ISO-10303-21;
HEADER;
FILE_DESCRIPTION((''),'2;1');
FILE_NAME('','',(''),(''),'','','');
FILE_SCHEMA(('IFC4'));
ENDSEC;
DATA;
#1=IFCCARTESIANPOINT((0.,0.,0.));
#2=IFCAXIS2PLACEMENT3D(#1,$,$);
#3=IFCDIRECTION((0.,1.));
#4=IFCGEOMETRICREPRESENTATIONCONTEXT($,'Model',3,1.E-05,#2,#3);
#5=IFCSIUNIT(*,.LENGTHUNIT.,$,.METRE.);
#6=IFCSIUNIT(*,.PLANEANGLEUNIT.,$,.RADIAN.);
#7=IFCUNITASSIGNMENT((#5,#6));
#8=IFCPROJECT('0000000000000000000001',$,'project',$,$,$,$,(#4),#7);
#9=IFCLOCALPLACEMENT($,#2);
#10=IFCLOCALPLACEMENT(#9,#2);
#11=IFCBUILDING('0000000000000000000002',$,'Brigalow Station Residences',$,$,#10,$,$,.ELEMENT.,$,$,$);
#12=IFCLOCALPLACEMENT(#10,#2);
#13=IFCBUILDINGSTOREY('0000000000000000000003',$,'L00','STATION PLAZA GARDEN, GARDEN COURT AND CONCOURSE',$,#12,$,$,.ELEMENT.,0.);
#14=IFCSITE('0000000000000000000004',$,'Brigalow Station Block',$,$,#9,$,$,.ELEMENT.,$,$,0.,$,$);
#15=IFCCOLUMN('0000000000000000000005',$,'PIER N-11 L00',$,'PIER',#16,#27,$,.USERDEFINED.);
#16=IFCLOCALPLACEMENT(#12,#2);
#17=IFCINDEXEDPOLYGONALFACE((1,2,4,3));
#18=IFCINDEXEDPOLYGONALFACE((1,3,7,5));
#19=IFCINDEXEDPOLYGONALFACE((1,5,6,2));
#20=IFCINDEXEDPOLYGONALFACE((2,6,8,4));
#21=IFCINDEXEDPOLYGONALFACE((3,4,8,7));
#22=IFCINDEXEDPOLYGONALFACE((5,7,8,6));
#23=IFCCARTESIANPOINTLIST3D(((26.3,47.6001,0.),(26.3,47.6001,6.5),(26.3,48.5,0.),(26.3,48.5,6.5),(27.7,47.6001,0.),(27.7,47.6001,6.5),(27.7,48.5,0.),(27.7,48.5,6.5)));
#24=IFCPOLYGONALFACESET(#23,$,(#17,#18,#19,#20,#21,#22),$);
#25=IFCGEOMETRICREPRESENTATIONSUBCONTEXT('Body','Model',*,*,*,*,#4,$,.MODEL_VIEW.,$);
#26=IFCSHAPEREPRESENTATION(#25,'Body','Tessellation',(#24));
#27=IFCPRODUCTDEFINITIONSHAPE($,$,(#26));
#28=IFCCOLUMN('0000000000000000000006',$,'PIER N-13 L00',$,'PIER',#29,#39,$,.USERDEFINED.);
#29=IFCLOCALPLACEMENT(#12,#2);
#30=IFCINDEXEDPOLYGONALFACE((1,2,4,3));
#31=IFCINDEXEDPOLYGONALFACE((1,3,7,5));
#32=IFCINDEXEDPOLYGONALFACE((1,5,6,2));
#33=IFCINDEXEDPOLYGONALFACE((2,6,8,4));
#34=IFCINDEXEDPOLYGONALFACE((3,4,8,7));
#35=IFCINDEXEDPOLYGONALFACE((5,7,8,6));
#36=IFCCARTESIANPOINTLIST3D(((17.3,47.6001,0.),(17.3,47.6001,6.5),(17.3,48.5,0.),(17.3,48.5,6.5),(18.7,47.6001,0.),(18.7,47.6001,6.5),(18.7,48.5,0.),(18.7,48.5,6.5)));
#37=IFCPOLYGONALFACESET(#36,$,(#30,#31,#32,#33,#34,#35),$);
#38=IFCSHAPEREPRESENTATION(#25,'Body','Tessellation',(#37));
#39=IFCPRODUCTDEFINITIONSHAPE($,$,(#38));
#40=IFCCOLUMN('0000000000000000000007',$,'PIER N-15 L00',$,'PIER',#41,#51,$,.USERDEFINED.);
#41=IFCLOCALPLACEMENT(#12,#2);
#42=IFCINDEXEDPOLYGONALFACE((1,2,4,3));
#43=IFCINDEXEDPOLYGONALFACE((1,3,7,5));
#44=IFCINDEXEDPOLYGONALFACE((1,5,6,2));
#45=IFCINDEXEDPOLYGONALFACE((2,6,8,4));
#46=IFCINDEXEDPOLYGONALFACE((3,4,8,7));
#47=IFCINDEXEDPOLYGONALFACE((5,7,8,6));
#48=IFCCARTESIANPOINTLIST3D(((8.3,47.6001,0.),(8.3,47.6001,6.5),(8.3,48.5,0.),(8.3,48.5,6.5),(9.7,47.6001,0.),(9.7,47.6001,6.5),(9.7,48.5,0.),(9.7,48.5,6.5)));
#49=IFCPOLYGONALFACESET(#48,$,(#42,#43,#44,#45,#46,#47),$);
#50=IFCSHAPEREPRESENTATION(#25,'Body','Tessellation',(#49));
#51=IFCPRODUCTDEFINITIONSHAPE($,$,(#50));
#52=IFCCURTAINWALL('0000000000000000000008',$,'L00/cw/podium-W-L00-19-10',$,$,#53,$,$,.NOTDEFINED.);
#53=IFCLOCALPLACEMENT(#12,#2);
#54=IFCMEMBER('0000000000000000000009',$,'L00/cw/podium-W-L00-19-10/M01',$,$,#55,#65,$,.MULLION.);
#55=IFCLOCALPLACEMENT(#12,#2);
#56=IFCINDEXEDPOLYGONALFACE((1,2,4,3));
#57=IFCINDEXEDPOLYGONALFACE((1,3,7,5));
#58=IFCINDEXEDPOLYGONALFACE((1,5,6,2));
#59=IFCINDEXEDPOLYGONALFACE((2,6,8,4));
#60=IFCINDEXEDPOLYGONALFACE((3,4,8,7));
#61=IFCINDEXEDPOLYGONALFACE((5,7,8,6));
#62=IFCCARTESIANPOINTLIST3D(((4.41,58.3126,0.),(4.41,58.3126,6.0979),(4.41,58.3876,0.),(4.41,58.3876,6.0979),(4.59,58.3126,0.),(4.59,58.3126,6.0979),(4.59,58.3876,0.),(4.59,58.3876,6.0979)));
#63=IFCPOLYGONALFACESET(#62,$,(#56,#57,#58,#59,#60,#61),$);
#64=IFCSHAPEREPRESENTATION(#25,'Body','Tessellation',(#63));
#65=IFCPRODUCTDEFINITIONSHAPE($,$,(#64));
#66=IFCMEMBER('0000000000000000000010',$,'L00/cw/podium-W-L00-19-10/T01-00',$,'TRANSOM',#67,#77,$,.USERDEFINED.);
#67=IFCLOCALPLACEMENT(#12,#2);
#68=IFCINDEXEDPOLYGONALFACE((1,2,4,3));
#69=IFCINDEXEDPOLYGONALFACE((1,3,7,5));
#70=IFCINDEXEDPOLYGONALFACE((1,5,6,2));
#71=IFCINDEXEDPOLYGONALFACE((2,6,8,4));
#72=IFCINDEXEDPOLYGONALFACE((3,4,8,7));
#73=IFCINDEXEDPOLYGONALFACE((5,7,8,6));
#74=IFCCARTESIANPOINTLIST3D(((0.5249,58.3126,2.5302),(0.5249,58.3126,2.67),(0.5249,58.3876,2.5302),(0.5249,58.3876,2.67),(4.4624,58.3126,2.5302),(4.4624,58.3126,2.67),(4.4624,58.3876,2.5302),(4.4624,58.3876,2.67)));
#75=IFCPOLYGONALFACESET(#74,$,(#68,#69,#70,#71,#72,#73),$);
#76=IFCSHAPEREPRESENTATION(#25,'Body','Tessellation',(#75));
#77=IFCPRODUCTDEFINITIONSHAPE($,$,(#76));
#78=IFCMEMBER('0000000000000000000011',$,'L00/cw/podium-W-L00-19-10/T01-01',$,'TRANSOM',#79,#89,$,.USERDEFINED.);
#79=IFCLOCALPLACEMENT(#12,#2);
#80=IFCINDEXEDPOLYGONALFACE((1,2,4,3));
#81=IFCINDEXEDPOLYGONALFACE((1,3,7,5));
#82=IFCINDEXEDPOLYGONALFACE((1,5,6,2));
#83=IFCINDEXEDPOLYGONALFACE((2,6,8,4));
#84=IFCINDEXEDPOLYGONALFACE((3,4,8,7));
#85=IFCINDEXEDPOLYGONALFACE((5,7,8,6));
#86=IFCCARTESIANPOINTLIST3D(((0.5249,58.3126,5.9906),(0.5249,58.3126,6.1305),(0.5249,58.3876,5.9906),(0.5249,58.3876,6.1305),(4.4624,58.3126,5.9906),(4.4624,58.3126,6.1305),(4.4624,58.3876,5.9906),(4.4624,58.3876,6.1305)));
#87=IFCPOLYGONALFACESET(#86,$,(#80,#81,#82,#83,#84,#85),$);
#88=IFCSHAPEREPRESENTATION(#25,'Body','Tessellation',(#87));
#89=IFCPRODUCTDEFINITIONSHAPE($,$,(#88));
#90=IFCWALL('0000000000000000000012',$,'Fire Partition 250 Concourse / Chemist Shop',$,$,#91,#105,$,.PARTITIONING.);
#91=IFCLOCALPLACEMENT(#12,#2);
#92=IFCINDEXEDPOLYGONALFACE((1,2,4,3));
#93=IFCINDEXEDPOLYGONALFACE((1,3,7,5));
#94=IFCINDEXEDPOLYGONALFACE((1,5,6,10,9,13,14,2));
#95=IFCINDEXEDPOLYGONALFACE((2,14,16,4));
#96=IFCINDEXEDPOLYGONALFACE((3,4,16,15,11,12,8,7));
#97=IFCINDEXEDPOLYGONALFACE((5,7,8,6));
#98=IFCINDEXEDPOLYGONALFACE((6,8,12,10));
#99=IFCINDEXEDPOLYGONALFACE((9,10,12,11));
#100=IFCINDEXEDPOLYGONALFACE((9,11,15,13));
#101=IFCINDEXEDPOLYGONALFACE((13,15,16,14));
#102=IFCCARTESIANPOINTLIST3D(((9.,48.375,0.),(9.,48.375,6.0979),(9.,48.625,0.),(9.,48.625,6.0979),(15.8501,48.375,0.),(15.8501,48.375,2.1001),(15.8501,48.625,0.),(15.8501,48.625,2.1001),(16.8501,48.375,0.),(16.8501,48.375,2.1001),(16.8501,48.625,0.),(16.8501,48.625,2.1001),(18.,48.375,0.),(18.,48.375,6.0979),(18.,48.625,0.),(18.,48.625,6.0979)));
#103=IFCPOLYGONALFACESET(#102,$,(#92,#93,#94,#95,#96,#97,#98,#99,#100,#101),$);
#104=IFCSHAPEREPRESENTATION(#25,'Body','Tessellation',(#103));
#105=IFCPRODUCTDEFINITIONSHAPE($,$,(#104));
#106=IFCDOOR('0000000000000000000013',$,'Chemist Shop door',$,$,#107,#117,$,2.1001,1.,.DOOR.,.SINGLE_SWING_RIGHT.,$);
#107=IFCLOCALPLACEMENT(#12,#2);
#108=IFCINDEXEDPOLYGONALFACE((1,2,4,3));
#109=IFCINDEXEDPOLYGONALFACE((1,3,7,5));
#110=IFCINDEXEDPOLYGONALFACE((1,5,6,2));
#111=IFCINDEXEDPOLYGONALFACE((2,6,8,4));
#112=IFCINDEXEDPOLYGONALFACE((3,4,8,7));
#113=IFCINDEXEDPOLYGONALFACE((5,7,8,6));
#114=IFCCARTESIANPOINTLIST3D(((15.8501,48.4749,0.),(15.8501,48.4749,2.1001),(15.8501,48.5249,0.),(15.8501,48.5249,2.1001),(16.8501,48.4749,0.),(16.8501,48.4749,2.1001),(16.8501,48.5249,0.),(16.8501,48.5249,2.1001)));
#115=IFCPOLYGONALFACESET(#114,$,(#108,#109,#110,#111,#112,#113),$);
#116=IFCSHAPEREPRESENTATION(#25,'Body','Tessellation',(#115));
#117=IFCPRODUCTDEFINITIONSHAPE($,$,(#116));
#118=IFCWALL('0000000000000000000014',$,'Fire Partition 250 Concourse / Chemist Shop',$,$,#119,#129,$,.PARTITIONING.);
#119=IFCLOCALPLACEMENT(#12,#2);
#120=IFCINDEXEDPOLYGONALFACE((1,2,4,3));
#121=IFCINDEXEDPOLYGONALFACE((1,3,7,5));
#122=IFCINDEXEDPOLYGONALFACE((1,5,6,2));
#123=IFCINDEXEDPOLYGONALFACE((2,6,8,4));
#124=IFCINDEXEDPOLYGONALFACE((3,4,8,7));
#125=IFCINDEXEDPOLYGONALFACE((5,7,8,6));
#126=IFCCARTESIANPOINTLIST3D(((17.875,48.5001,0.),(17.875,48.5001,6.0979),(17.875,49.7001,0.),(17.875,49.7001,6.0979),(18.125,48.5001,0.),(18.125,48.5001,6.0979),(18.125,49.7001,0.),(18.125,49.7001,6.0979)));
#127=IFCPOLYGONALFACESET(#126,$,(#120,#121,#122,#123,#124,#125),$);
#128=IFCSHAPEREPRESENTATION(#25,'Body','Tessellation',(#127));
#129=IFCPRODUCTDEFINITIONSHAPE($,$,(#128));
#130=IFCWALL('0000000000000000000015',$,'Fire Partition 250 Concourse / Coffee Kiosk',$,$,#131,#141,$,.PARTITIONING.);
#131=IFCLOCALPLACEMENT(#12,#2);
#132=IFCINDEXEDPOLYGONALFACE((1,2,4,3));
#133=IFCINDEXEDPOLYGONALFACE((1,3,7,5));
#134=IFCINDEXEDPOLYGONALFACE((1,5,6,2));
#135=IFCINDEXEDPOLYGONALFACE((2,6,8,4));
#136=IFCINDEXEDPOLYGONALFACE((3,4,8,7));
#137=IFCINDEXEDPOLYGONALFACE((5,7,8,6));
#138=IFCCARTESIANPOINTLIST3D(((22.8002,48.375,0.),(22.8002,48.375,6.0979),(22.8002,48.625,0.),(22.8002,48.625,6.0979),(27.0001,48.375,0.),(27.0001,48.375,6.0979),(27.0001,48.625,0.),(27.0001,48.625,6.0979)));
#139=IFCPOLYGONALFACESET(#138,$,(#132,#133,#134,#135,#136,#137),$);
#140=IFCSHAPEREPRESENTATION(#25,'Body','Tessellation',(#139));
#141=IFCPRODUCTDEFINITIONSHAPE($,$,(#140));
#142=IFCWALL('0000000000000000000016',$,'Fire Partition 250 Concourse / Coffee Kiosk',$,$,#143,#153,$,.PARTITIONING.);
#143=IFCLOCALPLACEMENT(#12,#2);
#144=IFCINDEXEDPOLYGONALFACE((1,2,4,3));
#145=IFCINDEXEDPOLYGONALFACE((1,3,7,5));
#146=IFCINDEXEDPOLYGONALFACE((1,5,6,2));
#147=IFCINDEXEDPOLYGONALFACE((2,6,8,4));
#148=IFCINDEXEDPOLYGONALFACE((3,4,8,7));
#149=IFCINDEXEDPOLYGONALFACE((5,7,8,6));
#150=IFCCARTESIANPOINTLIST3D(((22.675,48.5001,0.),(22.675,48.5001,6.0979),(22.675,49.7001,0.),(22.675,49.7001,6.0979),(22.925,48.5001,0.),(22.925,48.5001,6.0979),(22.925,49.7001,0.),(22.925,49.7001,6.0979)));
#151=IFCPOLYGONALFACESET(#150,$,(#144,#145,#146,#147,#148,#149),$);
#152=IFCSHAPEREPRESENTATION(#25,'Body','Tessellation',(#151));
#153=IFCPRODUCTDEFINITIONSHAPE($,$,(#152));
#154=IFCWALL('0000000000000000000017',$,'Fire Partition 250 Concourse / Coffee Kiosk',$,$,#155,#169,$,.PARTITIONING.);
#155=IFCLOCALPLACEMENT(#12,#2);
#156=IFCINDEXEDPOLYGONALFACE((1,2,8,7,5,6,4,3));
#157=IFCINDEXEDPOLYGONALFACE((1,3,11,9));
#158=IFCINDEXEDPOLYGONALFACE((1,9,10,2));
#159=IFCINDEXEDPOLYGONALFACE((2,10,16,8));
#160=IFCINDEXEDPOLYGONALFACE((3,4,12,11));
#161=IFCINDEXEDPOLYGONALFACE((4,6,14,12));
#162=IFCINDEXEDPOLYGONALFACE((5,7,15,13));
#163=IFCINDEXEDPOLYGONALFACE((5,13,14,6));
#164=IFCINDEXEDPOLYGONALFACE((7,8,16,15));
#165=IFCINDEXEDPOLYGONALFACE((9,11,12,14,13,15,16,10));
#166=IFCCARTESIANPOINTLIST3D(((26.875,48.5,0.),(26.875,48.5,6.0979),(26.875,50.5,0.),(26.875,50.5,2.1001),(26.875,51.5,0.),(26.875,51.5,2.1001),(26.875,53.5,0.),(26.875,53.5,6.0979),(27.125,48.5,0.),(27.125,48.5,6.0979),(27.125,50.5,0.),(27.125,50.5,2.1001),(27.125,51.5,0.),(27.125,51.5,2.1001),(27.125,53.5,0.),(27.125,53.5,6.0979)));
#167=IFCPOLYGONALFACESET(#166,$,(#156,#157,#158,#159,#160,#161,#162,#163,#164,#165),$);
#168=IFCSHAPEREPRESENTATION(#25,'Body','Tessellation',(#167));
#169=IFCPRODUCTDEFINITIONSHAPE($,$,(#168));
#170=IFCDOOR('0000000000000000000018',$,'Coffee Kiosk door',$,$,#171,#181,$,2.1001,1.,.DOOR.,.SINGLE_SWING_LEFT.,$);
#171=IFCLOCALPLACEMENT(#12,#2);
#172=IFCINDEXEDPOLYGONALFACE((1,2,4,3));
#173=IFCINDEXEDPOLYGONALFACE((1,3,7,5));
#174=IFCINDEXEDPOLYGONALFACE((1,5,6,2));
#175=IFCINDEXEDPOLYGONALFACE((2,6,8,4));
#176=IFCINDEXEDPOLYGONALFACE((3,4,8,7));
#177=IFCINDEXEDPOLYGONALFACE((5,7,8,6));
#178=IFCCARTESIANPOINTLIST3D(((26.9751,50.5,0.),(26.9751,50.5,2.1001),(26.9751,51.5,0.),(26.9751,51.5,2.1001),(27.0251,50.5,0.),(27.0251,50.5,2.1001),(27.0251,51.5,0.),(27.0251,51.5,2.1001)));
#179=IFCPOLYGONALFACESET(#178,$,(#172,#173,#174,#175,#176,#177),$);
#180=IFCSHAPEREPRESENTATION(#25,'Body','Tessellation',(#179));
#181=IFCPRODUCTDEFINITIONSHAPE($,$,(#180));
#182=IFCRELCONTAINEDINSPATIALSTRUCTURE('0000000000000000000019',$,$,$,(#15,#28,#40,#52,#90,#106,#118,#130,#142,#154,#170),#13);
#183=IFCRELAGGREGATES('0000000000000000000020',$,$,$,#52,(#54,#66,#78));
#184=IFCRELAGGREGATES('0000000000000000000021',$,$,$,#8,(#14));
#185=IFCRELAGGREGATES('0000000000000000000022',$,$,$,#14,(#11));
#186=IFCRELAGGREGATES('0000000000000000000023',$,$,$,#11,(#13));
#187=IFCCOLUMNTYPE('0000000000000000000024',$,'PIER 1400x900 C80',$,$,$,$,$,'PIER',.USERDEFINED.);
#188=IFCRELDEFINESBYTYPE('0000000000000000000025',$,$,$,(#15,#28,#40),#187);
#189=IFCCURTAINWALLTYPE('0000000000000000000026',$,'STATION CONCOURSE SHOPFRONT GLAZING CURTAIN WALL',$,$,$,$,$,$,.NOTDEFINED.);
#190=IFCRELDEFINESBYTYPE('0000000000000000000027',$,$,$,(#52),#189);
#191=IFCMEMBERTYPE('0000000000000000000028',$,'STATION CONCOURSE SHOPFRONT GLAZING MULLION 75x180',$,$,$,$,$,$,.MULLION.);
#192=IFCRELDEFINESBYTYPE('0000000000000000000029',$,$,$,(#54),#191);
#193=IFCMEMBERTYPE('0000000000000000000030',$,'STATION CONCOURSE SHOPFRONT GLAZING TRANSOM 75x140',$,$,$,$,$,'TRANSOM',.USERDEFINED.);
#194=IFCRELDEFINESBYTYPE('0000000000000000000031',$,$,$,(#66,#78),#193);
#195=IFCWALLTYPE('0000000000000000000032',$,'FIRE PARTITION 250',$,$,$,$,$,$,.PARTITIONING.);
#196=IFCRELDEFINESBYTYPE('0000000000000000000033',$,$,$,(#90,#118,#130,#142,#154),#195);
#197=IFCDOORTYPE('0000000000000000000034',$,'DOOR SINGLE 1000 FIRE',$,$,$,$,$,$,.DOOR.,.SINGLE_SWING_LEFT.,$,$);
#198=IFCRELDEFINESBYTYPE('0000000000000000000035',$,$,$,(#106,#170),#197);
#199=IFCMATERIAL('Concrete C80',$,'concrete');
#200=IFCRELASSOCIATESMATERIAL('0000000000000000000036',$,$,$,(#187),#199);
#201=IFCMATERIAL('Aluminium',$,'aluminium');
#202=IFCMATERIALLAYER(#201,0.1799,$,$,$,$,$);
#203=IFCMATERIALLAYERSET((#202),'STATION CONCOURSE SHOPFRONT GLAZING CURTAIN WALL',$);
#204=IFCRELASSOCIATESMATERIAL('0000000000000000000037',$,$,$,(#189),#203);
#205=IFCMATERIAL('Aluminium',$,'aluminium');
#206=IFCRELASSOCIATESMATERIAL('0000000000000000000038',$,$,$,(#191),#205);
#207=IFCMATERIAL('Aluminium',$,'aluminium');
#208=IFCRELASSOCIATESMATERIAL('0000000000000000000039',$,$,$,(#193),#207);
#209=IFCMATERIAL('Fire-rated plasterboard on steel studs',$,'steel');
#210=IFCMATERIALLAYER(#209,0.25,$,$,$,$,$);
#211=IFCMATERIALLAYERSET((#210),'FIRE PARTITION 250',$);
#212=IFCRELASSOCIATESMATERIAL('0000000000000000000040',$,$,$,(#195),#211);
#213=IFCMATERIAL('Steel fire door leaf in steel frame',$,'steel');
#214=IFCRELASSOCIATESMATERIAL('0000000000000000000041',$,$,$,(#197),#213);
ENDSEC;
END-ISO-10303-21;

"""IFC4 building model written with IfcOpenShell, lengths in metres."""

from ifc_helpers import new_model, si_unit, direction, frame, frame_2d, origin, origin_2d, place, context, subcontext, project, spatial, rectangle, extrude, material, layer, layer_set, material_profile, profile_set, type_object, element, fill, aggregate, save


model = new_model("IFC4")

# Units and contexts
model_context = context("Model", 3, precision=1e-05, world=origin(), true_north=direction((0.0, 1.0)))
body_context = subcontext(model_context, "Body", "Model", "MODEL_VIEW")
ifc_project = project(units=[si_unit("LENGTHUNIT", "METRE"), si_unit("PLANEANGLEUNIT", "RADIAN")], contexts=[model_context])

# Site, building, storey
site_placement = place(None, origin())
site = spatial("IfcSite", under=ifc_project, at=site_placement, Name="Brigalow Station Block", CompositionType="ELEMENT", RefElevation=0.0)
building_placement = place(site_placement, origin())
building = spatial("IfcBuilding", under=site, at=building_placement, Name="Brigalow Station Residences", CompositionType="ELEMENT")
storey_placement = place(building_placement, origin())
storey = spatial("IfcBuildingStorey", under=building, at=storey_placement, Name="L00", Description="STATION PLAZA GARDEN, GARDEN COURT AND CONCOURSE", CompositionType="ELEMENT", Elevation=0.0)

# Columns
ifc_material_1 = material(Name="Concrete C80", Category="concrete")
ifc_material_profile_1 = material_profile(ifc_material_1, rectangle(XDim=1.3999, YDim=0.8999, at=origin_2d()), Name="RC1400x900")
ifc_profile_set_1 = profile_set([ifc_material_profile_1], Name="Concrete C80")
column_type = type_object("IfcColumnType", Name="PIER 1400x900 C80", ElementType="PIER", PredefinedType="USERDEFINED", material=ifc_profile_set_1)
for number, where, z_axis, x_axis, name in (
    (1, (27.0, 48.05, 0.0), (0.0, 0.0, 1.0), (-1.0, 0.0, 0.0), "PIER N-11 L00"),
    (2, (18.0, 48.05, 0.0), (0.0, 0.0, 1.0), (-1.0, 0.0, 0.0), "PIER N-13 L00"),
    (3, (9.0, 48.05, 0.0), (0.0, 0.0, 1.0), (-1.0, 0.0, 0.0), "PIER N-15 L00"),
):
    element("IfcColumn", number, at=place(storey_placement, frame(where, z_axis=z_axis, x_axis=x_axis)), inside=storey, type_object=column_type, Name=name, ObjectType="PIER", PredefinedType="USERDEFINED", context=body_context, shape_type="SweptSolid", body=[
        extrude(rectangle(XDim=1.3999, YDim=0.8999, at=origin_2d()), origin(), (0.0, 0.0, 1.0), 6.5),
    ])

# Curtain wall, members
ifc_material_2 = material(Name="Aluminium", Category="aluminium")
ifc_layer_1 = layer(ifc_material_2, 0.1799)
ifc_layer_set_1 = layer_set([ifc_layer_1], Name="STATION CONCOURSE SHOPFRONT GLAZING CURTAIN WALL")
curtain_wall_type = type_object("IfcCurtainWallType", Name="STATION CONCOURSE SHOPFRONT GLAZING CURTAIN WALL", PredefinedType="NOTDEFINED", material=ifc_layer_set_1)
curtain_wall_placement = place(storey_placement, origin())
curtain_wall = element("IfcCurtainWall", 4, at=curtain_wall_placement, inside=storey, type_object=curtain_wall_type, Name="L00/cw/podium-W-L00-19-10", PredefinedType="NOTDEFINED")
ifc_material_3 = material(Name="Aluminium", Category="aluminium")
ifc_material_profile_2 = material_profile(ifc_material_3, rectangle(XDim=0.075, YDim=0.1799, at=origin_2d()), Name="STATION CONCOURSE SHOPFRONT GLAZING MULLION 75x180")
ifc_profile_set_2 = profile_set([ifc_material_profile_2], Name="Aluminium")
member_type_1 = type_object("IfcMemberType", Name="STATION CONCOURSE SHOPFRONT GLAZING MULLION 75x180", PredefinedType="MULLION", material=ifc_profile_set_2)
member_1_placement = place(storey_placement, frame((4.5, 58.3501, 0.0), z_axis=(0.0, 0.0, 1.0), x_axis=(0.0, -1.0, 0.0)))
member_1 = element("IfcMember", 5, at=member_1_placement, type_object=member_type_1, Name="L00/cw/podium-W-L00-19-10/M01", PredefinedType="MULLION", context=body_context, shape_type="SweptSolid", body=[
    extrude(rectangle(XDim=0.075, YDim=0.1799, at=origin_2d()), origin(), (0.0, 0.0, 1.0), 6.0979),
])
ifc_material_4 = material(Name="Aluminium", Category="aluminium")
ifc_material_profile_3 = material_profile(ifc_material_4, rectangle(XDim=0.075, YDim=0.1399, at=origin_2d()), Name="STATION CONCOURSE SHOPFRONT GLAZING TRANSOM 75x140")
ifc_profile_set_3 = profile_set([ifc_material_profile_3], Name="Aluminium")
member_type_2 = type_object("IfcMemberType", Name="STATION CONCOURSE SHOPFRONT GLAZING TRANSOM 75x140", ElementType="TRANSOM", PredefinedType="USERDEFINED", material=ifc_profile_set_3)
member_2_placement = place(storey_placement, frame((4.4624, 58.3501, 2.6001), z_axis=(-1.0, 0.0, 0.0), x_axis=(0.0, -1.0, 0.0)))
member_2 = element("IfcMember", 6, at=member_2_placement, type_object=member_type_2, Name="L00/cw/podium-W-L00-19-10/T01-00", ObjectType="TRANSOM", PredefinedType="USERDEFINED", context=body_context, shape_type="SweptSolid", body=[
    extrude(rectangle(XDim=0.075, YDim=0.1399, at=origin_2d()), origin(), (0.0, 0.0, 1.0), 3.9375),
])
member_3_placement = place(storey_placement, frame((4.4624, 58.3501, 6.0605), z_axis=(-1.0, 0.0, 0.0), x_axis=(0.0, -1.0, 0.0)))
member_3 = element("IfcMember", 7, at=member_3_placement, type_object=member_type_2, Name="L00/cw/podium-W-L00-19-10/T01-01", ObjectType="TRANSOM", PredefinedType="USERDEFINED", context=body_context, shape_type="SweptSolid", body=[
    extrude(rectangle(XDim=0.075, YDim=0.1399, at=origin_2d()), origin(), (0.0, 0.0, 1.0), 3.9375),
])
aggregate(curtain_wall, [member_1, member_2, member_3])

# Wall, opening, door
ifc_material_5 = material(Name="Fire-rated plasterboard on steel studs", Category="steel")
ifc_layer_2 = layer(ifc_material_5, 0.25)
ifc_layer_set_2 = layer_set([ifc_layer_2], Name="FIRE PARTITION 250")
wall_type_1 = type_object("IfcWallType", Name="FIRE PARTITION 250", PredefinedType="PARTITIONING", material=ifc_layer_set_2)
wall_1_placement = place(storey_placement, frame((9.0, 48.5, 0.0), z_axis=(0.0, 0.0, 1.0), x_axis=(1.0, 0.0, 0.0)))
wall_1 = element("IfcWall", 8, at=wall_1_placement, inside=storey, type_object=wall_type_1, Name="Fire Partition 250 Concourse / Chemist Shop", PredefinedType="PARTITIONING", context=body_context, shape_type="SweptSolid", body=[
    extrude(rectangle(XDim=9.0, YDim=0.25, at=frame_2d((4.5, 0.0))), origin(), (0.0, 0.0, 1.0), 6.0979),
])
opening_1_placement = place(wall_1_placement, frame((6.8501, 0.0, 0.0)))
opening_1 = element("IfcOpeningElement", 9, at=opening_1_placement, cuts=wall_1, PredefinedType="OPENING", context=body_context, shape_type="SweptSolid", body=[
    extrude(rectangle(XDim=1.0, YDim=2.1001, at=frame_2d((0.5, 1.05))), frame((0.0, 0.135, 0.0), z_axis=(0.0, -1.0, 0.0), x_axis=(1.0, 0.0, 0.0)), (0.0, 0.0, 1.0), 0.27),
])
ifc_material_6 = material(Name="Steel fire door leaf in steel frame", Category="steel")
door_type_1 = type_object("IfcDoorType", Name="DOOR SINGLE 1000 FIRE", OperationType="SINGLE_SWING_LEFT", PredefinedType="DOOR", material=ifc_material_6)
door_1_placement = place(opening_1_placement, origin())
door_1 = element("IfcDoor", 10, at=door_1_placement, inside=storey, type_object=door_type_1, Name="Chemist Shop door", OperationType="SINGLE_SWING_RIGHT", OverallHeight=2.1001, OverallWidth=1.0, PredefinedType="DOOR", context=body_context, shape_type="SweptSolid", body=[
    extrude(rectangle(XDim=1.0, YDim=2.1001, at=frame_2d((0.5, 1.05))), frame((0.0, 0.0249, 0.0), z_axis=(0.0, -1.0, 0.0), x_axis=(1.0, 0.0, 0.0)), (0.0, 0.0, 1.0), 0.05),
])
fill(opening_1, door_1)

# Walls
wall_2_placement = place(storey_placement, frame((18.0, 48.5, 0.0), z_axis=(0.0, 0.0, 1.0), x_axis=(0.0, 1.0, 0.0)))
element("IfcWall", 11, at=wall_2_placement, inside=storey, type_object=wall_type_1, Name="Fire Partition 250 Concourse / Chemist Shop", PredefinedType="PARTITIONING", context=body_context, shape_type="SweptSolid", body=[
    extrude(rectangle(XDim=1.2, YDim=0.25, at=frame_2d((0.6001, 0.0))), origin(), (0.0, 0.0, 1.0), 6.0979),
])
wall_3_placement = place(storey_placement, frame((22.8, 48.5, 0.0), z_axis=(0.0, 0.0, 1.0), x_axis=(1.0, 0.0, 0.0)))
element("IfcWall", 12, at=wall_3_placement, inside=storey, type_object=wall_type_1, Name="Fire Partition 250 Concourse / Coffee Kiosk", PredefinedType="PARTITIONING", context=body_context, shape_type="SweptSolid", body=[
    extrude(rectangle(XDim=4.2, YDim=0.25, at=frame_2d((2.1001, 0.0))), origin(), (0.0, 0.0, 1.0), 6.0979),
])
wall_4_placement = place(storey_placement, frame((22.8, 48.5, 0.0), z_axis=(0.0, 0.0, 1.0), x_axis=(0.0, 1.0, 0.0)))
element("IfcWall", 13, at=wall_4_placement, inside=storey, type_object=wall_type_1, Name="Fire Partition 250 Concourse / Coffee Kiosk", PredefinedType="PARTITIONING", context=body_context, shape_type="SweptSolid", body=[
    extrude(rectangle(XDim=1.2, YDim=0.25, at=frame_2d((0.6001, 0.0))), origin(), (0.0, 0.0, 1.0), 6.0979),
])

# Wall, opening, door
wall_5_placement = place(storey_placement, frame((27.0, 48.5, 0.0), z_axis=(0.0, 0.0, 1.0), x_axis=(0.0, 1.0, 0.0)))
wall_5 = element("IfcWall", 14, at=wall_5_placement, inside=storey, type_object=wall_type_1, Name="Fire Partition 250 Concourse / Coffee Kiosk", PredefinedType="PARTITIONING", context=body_context, shape_type="SweptSolid", body=[
    extrude(rectangle(XDim=5.0, YDim=0.25, at=frame_2d((2.5, 0.0))), origin(), (0.0, 0.0, 1.0), 6.0979),
])
opening_2_placement = place(wall_5_placement, frame((2.0, 0.0, 0.0)))
opening_2 = element("IfcOpeningElement", 15, at=opening_2_placement, cuts=wall_5, PredefinedType="OPENING", context=body_context, shape_type="SweptSolid", body=[
    extrude(rectangle(XDim=1.0, YDim=2.1001, at=frame_2d((0.5, 1.05))), frame((0.0, 0.135, 0.0), z_axis=(0.0, -1.0, 0.0), x_axis=(1.0, 0.0, 0.0)), (0.0, 0.0, 1.0), 0.27),
])
door_2_placement = place(opening_2_placement, origin())
door_2 = element("IfcDoor", 16, at=door_2_placement, inside=storey, type_object=door_type_1, Name="Coffee Kiosk door", OperationType="SINGLE_SWING_LEFT", OverallHeight=2.1001, OverallWidth=1.0, PredefinedType="DOOR", context=body_context, shape_type="SweptSolid", body=[
    extrude(rectangle(XDim=1.0, YDim=2.1001, at=frame_2d((0.5, 1.05))), frame((0.0, 0.0249, 0.0), z_axis=(0.0, -1.0, 0.0), x_axis=(1.0, 0.0, 0.0)), (0.0, 0.0, 1.0), 0.05),
])
fill(opening_2, door_2)

save(model, "model.ifc")
